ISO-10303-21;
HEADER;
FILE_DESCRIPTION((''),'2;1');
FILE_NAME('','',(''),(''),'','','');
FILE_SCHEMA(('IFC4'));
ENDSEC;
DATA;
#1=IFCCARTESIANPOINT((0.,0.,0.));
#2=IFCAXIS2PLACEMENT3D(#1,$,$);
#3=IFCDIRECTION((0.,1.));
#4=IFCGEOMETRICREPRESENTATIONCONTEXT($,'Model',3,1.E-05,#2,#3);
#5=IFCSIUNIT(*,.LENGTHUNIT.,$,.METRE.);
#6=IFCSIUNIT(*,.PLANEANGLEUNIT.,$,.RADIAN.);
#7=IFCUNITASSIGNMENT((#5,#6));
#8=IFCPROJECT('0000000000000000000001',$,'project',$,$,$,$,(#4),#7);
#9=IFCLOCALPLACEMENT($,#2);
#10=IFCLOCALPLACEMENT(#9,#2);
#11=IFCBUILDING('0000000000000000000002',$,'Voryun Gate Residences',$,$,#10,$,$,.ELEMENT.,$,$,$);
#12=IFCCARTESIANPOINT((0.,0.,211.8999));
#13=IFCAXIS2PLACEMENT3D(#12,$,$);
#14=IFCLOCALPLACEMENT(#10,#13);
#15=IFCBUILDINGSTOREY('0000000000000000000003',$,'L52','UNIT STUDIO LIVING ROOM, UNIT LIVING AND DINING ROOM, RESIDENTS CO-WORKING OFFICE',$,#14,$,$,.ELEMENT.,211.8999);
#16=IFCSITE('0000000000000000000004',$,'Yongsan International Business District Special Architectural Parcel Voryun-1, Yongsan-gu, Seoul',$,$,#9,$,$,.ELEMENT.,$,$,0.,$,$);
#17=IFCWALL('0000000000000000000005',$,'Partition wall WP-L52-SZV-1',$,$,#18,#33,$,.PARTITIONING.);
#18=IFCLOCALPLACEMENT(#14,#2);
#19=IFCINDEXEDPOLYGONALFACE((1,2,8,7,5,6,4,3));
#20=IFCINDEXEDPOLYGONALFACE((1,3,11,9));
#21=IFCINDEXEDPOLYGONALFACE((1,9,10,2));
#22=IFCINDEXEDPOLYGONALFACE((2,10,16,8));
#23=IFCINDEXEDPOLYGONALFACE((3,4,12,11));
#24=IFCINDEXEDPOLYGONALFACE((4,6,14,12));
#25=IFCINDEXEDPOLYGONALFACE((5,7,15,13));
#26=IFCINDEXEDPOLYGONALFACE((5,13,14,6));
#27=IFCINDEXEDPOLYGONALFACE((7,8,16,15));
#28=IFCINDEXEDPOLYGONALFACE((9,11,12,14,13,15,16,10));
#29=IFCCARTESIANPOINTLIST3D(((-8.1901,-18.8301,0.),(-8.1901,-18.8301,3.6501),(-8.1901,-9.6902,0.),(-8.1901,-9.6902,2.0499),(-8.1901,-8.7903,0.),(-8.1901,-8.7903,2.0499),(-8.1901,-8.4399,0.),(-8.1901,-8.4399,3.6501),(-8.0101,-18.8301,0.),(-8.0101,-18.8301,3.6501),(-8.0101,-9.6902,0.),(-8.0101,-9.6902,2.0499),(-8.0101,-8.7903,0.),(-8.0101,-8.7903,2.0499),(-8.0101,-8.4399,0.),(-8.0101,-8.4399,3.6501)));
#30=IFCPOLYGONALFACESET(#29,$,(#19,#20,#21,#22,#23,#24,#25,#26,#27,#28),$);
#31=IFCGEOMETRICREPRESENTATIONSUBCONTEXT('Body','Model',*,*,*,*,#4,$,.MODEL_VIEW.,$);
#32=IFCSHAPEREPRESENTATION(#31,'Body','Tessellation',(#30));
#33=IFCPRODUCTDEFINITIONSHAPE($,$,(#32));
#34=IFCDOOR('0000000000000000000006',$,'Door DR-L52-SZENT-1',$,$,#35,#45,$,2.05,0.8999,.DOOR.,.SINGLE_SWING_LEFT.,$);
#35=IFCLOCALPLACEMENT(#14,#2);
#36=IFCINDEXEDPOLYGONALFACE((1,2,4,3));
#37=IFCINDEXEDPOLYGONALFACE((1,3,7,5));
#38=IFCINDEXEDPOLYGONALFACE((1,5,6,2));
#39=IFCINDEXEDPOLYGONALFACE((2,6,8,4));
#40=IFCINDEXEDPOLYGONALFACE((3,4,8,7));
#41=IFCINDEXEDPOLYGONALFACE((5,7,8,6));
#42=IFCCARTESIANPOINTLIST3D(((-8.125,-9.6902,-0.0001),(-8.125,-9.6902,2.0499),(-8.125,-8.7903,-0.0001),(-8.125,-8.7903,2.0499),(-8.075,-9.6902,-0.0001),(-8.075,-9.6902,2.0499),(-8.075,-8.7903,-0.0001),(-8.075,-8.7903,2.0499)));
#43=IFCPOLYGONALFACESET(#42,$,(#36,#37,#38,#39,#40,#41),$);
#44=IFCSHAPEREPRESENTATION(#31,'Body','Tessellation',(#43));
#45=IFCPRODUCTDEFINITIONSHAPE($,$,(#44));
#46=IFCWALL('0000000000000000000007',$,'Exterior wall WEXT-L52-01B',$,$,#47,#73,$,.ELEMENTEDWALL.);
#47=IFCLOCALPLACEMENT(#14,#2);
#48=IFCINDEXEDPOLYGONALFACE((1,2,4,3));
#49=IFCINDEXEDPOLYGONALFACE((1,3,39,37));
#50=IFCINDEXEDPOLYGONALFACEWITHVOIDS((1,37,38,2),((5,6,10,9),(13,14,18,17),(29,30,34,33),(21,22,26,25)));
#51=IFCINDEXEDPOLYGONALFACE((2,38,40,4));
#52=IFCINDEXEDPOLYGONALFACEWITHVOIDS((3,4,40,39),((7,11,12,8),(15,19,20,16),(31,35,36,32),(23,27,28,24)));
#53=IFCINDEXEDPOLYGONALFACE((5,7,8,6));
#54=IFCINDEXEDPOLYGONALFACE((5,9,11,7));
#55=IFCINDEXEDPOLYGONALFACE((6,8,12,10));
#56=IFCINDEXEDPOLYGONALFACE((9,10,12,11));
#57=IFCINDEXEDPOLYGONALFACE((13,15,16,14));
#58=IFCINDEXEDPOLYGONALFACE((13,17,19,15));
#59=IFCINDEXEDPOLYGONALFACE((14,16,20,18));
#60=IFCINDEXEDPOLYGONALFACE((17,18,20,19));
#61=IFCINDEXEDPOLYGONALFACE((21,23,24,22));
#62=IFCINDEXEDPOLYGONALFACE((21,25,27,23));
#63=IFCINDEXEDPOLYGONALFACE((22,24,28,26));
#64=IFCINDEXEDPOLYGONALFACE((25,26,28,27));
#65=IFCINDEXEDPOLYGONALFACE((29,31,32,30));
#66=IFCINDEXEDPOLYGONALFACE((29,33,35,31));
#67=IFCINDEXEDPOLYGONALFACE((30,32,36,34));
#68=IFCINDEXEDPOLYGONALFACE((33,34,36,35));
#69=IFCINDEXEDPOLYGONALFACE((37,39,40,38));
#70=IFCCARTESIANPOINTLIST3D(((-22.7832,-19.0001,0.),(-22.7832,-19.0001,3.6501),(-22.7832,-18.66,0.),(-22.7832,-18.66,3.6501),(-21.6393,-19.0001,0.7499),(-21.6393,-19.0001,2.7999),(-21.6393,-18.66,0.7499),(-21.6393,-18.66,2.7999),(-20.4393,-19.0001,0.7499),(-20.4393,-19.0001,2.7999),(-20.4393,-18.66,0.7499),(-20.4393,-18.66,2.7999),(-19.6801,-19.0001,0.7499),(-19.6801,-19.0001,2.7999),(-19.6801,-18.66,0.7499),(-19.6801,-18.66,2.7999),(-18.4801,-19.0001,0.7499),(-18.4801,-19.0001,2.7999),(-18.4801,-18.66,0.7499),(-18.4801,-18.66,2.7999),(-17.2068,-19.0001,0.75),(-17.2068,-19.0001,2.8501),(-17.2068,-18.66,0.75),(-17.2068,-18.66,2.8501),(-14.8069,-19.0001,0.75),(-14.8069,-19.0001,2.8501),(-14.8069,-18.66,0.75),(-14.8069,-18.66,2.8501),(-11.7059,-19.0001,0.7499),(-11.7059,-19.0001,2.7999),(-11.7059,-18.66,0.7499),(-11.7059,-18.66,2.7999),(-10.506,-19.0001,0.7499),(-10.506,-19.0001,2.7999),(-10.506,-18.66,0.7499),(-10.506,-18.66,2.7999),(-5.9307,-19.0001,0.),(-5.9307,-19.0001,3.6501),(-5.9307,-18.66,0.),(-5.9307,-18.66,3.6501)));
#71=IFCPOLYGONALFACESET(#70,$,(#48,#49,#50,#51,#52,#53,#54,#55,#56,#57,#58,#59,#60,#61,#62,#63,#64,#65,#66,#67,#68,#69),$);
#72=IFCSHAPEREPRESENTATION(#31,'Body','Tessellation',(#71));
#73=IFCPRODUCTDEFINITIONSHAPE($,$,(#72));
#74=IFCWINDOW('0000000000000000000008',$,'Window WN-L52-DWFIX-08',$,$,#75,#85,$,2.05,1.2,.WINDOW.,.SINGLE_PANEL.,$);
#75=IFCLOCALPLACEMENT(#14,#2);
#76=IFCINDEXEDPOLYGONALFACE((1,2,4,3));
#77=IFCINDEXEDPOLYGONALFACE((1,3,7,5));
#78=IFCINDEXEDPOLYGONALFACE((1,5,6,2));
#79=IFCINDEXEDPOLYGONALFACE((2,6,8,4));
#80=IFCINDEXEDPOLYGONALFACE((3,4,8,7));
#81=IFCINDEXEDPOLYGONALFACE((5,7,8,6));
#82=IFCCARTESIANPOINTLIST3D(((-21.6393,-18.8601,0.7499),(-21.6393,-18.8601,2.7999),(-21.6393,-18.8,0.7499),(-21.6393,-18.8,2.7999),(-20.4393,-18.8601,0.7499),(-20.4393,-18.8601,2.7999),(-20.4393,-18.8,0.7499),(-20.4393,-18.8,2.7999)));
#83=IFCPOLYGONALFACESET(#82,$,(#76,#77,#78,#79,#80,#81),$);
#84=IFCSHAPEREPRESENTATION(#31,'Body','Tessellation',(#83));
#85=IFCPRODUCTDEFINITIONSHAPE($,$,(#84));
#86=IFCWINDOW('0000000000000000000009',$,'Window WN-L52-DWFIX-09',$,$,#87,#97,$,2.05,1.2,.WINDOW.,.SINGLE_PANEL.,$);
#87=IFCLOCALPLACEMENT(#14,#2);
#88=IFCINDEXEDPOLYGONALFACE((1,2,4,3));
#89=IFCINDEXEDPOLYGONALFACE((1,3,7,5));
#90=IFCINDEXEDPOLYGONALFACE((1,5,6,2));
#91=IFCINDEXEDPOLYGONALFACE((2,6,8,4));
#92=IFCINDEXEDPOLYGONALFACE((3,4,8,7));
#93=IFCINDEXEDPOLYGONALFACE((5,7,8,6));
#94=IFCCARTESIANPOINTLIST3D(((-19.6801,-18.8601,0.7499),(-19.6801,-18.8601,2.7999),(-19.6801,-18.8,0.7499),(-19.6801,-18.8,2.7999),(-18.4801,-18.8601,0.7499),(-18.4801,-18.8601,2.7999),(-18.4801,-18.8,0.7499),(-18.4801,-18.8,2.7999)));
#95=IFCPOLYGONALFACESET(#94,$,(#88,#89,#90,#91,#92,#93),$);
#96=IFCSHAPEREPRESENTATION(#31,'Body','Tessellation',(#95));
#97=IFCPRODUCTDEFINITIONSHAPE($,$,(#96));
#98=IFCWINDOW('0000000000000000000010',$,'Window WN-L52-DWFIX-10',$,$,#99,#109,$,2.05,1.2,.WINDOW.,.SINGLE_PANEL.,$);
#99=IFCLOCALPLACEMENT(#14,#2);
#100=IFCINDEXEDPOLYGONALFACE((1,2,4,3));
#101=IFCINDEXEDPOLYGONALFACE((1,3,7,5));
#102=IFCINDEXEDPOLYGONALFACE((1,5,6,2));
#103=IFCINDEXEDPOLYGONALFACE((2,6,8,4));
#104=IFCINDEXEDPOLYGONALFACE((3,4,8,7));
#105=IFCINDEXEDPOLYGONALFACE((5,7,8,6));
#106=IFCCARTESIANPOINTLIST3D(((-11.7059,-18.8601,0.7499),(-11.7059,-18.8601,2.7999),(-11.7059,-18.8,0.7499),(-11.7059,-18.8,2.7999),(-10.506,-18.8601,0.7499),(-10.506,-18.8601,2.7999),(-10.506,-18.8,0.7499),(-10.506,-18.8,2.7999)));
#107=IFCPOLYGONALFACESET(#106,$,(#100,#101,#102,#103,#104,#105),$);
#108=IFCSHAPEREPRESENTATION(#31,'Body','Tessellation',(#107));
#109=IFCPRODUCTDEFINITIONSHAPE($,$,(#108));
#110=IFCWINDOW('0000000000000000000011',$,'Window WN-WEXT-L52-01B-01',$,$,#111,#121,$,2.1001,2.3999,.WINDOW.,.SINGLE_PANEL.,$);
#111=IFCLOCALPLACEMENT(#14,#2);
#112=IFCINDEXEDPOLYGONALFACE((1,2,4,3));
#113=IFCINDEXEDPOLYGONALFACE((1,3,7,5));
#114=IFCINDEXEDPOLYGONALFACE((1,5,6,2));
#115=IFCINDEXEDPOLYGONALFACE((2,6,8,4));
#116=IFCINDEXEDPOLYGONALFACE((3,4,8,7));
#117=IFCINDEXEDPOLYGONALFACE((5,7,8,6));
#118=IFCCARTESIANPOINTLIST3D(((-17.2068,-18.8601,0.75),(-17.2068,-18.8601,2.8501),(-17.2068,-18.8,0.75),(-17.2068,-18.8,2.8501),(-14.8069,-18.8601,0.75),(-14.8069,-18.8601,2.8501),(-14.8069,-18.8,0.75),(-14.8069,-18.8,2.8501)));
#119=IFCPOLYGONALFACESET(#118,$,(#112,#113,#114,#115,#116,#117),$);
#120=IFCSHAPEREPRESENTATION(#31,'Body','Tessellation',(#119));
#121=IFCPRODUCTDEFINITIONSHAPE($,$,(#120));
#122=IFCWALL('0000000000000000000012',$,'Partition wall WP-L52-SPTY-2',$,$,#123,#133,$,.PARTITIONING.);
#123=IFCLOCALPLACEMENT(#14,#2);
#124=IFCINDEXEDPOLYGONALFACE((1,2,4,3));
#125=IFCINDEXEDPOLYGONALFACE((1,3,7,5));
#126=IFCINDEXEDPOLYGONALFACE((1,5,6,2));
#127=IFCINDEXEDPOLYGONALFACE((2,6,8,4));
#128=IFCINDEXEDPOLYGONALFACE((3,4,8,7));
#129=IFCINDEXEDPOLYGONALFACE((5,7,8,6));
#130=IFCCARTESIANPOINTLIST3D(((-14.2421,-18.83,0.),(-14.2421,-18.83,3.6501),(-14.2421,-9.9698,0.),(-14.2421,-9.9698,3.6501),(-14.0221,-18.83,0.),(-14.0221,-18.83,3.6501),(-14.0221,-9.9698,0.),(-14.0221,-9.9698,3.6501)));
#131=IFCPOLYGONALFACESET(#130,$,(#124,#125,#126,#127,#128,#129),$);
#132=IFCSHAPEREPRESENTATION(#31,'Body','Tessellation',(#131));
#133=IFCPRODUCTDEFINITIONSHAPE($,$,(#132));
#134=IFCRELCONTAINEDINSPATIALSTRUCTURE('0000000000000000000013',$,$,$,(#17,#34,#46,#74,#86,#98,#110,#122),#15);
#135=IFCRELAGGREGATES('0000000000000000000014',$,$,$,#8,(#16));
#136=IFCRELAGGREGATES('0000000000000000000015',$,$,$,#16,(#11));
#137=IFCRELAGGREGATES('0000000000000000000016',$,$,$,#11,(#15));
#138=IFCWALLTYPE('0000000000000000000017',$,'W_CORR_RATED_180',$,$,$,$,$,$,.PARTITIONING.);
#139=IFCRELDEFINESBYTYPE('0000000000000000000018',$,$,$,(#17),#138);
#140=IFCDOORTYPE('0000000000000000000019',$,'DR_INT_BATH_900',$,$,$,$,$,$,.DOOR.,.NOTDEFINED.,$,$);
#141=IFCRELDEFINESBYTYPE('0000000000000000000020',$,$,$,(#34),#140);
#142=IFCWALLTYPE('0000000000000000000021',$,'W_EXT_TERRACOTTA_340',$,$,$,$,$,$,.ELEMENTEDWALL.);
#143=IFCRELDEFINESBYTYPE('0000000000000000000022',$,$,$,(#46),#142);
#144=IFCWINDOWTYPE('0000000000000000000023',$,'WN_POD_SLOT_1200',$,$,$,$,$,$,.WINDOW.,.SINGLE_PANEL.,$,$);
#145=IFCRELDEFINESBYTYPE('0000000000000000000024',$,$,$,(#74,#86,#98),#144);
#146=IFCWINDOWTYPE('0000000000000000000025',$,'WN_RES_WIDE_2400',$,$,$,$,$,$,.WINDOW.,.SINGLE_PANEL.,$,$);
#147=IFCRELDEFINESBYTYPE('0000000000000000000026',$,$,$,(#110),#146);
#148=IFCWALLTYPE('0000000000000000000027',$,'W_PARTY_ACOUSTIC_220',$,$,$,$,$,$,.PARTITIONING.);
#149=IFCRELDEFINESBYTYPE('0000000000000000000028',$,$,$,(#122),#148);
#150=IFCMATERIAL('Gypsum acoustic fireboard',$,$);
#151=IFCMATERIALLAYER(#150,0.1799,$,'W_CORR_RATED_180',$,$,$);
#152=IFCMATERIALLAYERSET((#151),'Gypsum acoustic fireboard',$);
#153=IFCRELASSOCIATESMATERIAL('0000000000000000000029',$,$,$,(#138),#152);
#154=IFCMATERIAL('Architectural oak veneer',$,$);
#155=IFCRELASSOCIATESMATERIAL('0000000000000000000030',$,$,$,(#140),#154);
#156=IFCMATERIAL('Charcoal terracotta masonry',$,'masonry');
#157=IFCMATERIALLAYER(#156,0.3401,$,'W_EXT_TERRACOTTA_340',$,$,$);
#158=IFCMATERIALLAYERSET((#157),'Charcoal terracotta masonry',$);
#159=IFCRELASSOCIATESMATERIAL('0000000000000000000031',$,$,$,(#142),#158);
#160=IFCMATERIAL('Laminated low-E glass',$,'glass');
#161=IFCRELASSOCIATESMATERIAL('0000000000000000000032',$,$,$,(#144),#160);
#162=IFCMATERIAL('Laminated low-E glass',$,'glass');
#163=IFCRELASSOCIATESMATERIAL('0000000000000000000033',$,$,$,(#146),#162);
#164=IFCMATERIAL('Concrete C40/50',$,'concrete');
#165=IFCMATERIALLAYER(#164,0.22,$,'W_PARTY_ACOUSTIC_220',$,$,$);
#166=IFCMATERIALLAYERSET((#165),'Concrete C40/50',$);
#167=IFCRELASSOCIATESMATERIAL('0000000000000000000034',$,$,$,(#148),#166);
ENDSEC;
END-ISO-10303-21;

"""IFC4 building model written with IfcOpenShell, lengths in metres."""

from ifc_helpers import new_model, si_unit, direction, frame, frame_2d, origin, place, context, subcontext, project, spatial, rectangle, extrude, material, layer, layer_set, type_object, element, fill, save


model = new_model("IFC4")

# Units and contexts
model_context = context("Model", 3, precision=1e-05, world=origin(), true_north=direction((0.0, 1.0)))
body_context = subcontext(model_context, "Body", "Model", "MODEL_VIEW")
ifc_project = project(units=[si_unit("LENGTHUNIT", "METRE"), si_unit("PLANEANGLEUNIT", "RADIAN")], contexts=[model_context])

# Site, building, storey
site_placement = place(None, origin())
site = spatial("IfcSite", under=ifc_project, at=site_placement, Name="Yongsan International Business District Special Architectural Parcel Voryun-1, Yongsan-gu, Seoul", CompositionType="ELEMENT", RefElevation=0.0)
building_placement = place(site_placement, origin())
building = spatial("IfcBuilding", under=site, at=building_placement, Name="Voryun Gate Residences", CompositionType="ELEMENT")
storey_placement = place(building_placement, frame((0.0, 0.0, 211.8999)))
storey = spatial("IfcBuildingStorey", under=building, at=storey_placement, Name="L52", Description="UNIT STUDIO LIVING ROOM, UNIT LIVING AND DINING ROOM, RESIDENTS CO-WORKING OFFICE", CompositionType="ELEMENT", Elevation=211.8999)

# Shared definitions
ifc_material_1 = material(Name="Gypsum acoustic fireboard")
ifc_layer_1 = layer(ifc_material_1, 0.1799, Name="W_CORR_RATED_180")
ifc_layer_set_1 = layer_set([ifc_layer_1], Name="Gypsum acoustic fireboard")
wall_type_1 = type_object("IfcWallType", Name="W_CORR_RATED_180", PredefinedType="PARTITIONING", material=ifc_layer_set_1)

# Wall, opening, door
wall_1_placement = place(storey_placement, frame((-8.1001, -18.8301, 0.0), z_axis=(0.0, 0.0, 1.0), x_axis=(0.0, 1.0, 0.0)))
wall_1 = element("IfcWall", 1, at=wall_1_placement, inside=storey, type_object=wall_type_1, Name="Partition wall WP-L52-SZV-1", PredefinedType="PARTITIONING", context=body_context, shape_type="SweptSolid", body=[
    extrude(rectangle(XDim=10.3901, YDim=0.1799, at=frame_2d((5.1951, 0.0))), origin(), (0.0, 0.0, 1.0), 3.6501),
])
opening_1_placement = place(wall_1_placement, frame((9.1399, 0.0, 0.0)))
opening_1 = element("IfcOpeningElement", 2, at=opening_1_placement, cuts=wall_1, PredefinedType="OPENING", context=body_context, shape_type="SweptSolid", body=[
    extrude(rectangle(XDim=0.8999, YDim=2.05, at=frame_2d((0.45, 1.0249))), frame((0.0, 0.0999, 0.0), z_axis=(0.0, -1.0, 0.0), x_axis=(1.0, 0.0, 0.0)), (0.0, 0.0, 1.0), 0.2),
])
ifc_material_2 = material(Name="Architectural oak veneer")
door_type_1 = type_object("IfcDoorType", Name="DR_INT_BATH_900", OperationType="NOTDEFINED", PredefinedType="DOOR", material=ifc_material_2)
door_1_placement = place(opening_1_placement, origin())
door_1 = element("IfcDoor", 3, at=door_1_placement, inside=storey, type_object=door_type_1, Name="Door DR-L52-SZENT-1", OperationType="SINGLE_SWING_LEFT", OverallHeight=2.05, OverallWidth=0.8999, PredefinedType="DOOR", context=body_context, shape_type="SweptSolid", body=[
    extrude(rectangle(XDim=0.8999, YDim=2.05, at=frame_2d((0.45, 1.0249))), frame((0.0, 0.0249, 0.0), z_axis=(0.0, -1.0, 0.0), x_axis=(1.0, 0.0, 0.0)), (0.0, 0.0, 1.0), 0.05),
])
fill(opening_1, door_1)

# Wall, openings, windows
ifc_material_3 = material(Name="Charcoal terracotta masonry", Category="masonry")
ifc_layer_2 = layer(ifc_material_3, 0.3401, Name="W_EXT_TERRACOTTA_340")
ifc_layer_set_2 = layer_set([ifc_layer_2], Name="Charcoal terracotta masonry")
wall_type_2 = type_object("IfcWallType", Name="W_EXT_TERRACOTTA_340", PredefinedType="ELEMENTEDWALL", material=ifc_layer_set_2)
wall_2_placement = place(storey_placement, frame((-5.9307, -18.8301, 0.0), z_axis=(0.0, 0.0, 1.0), x_axis=(-1.0, 0.0, 0.0)))
wall_2 = element("IfcWall", 4, at=wall_2_placement, inside=storey, type_object=wall_type_2, Name="Exterior wall WEXT-L52-01B", PredefinedType="ELEMENTEDWALL", context=body_context, shape_type="SweptSolid", body=[
    extrude(rectangle(XDim=16.8525, YDim=0.3401, at=frame_2d((8.4263, 0.0))), origin(), (0.0, 0.0, 1.0), 3.6501),
])
opening_2_placement = place(wall_2_placement, frame((8.8762, 0.0, 0.75)))
opening_2 = element("IfcOpeningElement", 5, at=opening_2_placement, cuts=wall_2, PredefinedType="OPENING", context=body_context, shape_type="SweptSolid", body=[
    extrude(rectangle(XDim=2.3999, YDim=2.1001, at=frame_2d((1.2, 1.05))), frame((0.0, 0.1799, 0.0), z_axis=(0.0, -1.0, 0.0), x_axis=(1.0, 0.0, 0.0)), (0.0, 0.0, 1.0), 0.3601),
])
opening_3_placement = place(wall_2_placement, frame((14.5085, 0.0, 0.75)))
opening_3 = element("IfcOpeningElement", 6, at=opening_3_placement, cuts=wall_2, PredefinedType="OPENING", context=body_context, shape_type="SweptSolid", body=[
    extrude(rectangle(XDim=1.2, YDim=2.05, at=frame_2d((0.6001, 1.0249))), frame((0.0, 0.1799, 0.0), z_axis=(0.0, -1.0, 0.0), x_axis=(1.0, 0.0, 0.0)), (0.0, 0.0, 1.0), 0.3601),
])
opening_4_placement = place(wall_2_placement, frame((12.5493, 0.0, 0.75)))
opening_4 = element("IfcOpeningElement", 7, at=opening_4_placement, cuts=wall_2, PredefinedType="OPENING", context=body_context, shape_type="SweptSolid", body=[
    extrude(rectangle(XDim=1.2, YDim=2.05, at=frame_2d((0.6001, 1.0249))), frame((0.0, 0.1799, 0.0), z_axis=(0.0, -1.0, 0.0), x_axis=(1.0, 0.0, 0.0)), (0.0, 0.0, 1.0), 0.3601),
])
opening_5_placement = place(wall_2_placement, frame((4.5752, 0.0, 0.75)))
opening_5 = element("IfcOpeningElement", 8, at=opening_5_placement, cuts=wall_2, PredefinedType="OPENING", context=body_context, shape_type="SweptSolid", body=[
    extrude(rectangle(XDim=1.2, YDim=2.05, at=frame_2d((0.6001, 1.0249))), frame((0.0, 0.1799, 0.0), z_axis=(0.0, -1.0, 0.0), x_axis=(1.0, 0.0, 0.0)), (0.0, 0.0, 1.0), 0.3601),
])
ifc_material_4 = material(Name="Laminated low-E glass", Category="glass")
window_type_1 = type_object("IfcWindowType", Name="WN_POD_SLOT_1200", PartitioningType="SINGLE_PANEL", PredefinedType="WINDOW", material=ifc_material_4)
window_1_placement = place(opening_3_placement, origin())
window_1 = element("IfcWindow", 9, at=window_1_placement, inside=storey, type_object=window_type_1, Name="Window WN-L52-DWFIX-08", OverallHeight=2.05, OverallWidth=1.2, PartitioningType="SINGLE_PANEL", PredefinedType="WINDOW", context=body_context, shape_type="SweptSolid", body=[
    extrude(rectangle(XDim=1.2, YDim=2.05, at=frame_2d((0.6001, 1.0249))), frame((0.0, 0.03, 0.0), z_axis=(0.0, -1.0, 0.0), x_axis=(1.0, 0.0, 0.0)), (0.0, 0.0, 1.0), 0.0601),
])
fill(opening_3, window_1)
window_2_placement = place(opening_4_placement, origin())
window_2 = element("IfcWindow", 10, at=window_2_placement, inside=storey, type_object=window_type_1, Name="Window WN-L52-DWFIX-09", OverallHeight=2.05, OverallWidth=1.2, PartitioningType="SINGLE_PANEL", PredefinedType="WINDOW", context=body_context, shape_type="SweptSolid", body=[
    extrude(rectangle(XDim=1.2, YDim=2.05, at=frame_2d((0.6001, 1.0249))), frame((0.0, 0.03, 0.0), z_axis=(0.0, -1.0, 0.0), x_axis=(1.0, 0.0, 0.0)), (0.0, 0.0, 1.0), 0.0601),
])
fill(opening_4, window_2)
window_3_placement = place(opening_5_placement, origin())
window_3 = element("IfcWindow", 11, at=window_3_placement, inside=storey, type_object=window_type_1, Name="Window WN-L52-DWFIX-10", OverallHeight=2.05, OverallWidth=1.2, PartitioningType="SINGLE_PANEL", PredefinedType="WINDOW", context=body_context, shape_type="SweptSolid", body=[
    extrude(rectangle(XDim=1.2, YDim=2.05, at=frame_2d((0.6001, 1.0249))), frame((0.0, 0.03, 0.0), z_axis=(0.0, -1.0, 0.0), x_axis=(1.0, 0.0, 0.0)), (0.0, 0.0, 1.0), 0.0601),
])
fill(opening_5, window_3)
ifc_material_5 = material(Name="Laminated low-E glass", Category="glass")
window_type_2 = type_object("IfcWindowType", Name="WN_RES_WIDE_2400", PartitioningType="SINGLE_PANEL", PredefinedType="WINDOW", material=ifc_material_5)
window_4_placement = place(opening_2_placement, origin())
window_4 = element("IfcWindow", 12, at=window_4_placement, inside=storey, type_object=window_type_2, Name="Window WN-WEXT-L52-01B-01", OverallHeight=2.1001, OverallWidth=2.3999, PartitioningType="SINGLE_PANEL", PredefinedType="WINDOW", context=body_context, shape_type="SweptSolid", body=[
    extrude(rectangle(XDim=2.3999, YDim=2.1001, at=frame_2d((1.2, 1.05))), frame((0.0, 0.03, 0.0), z_axis=(0.0, -1.0, 0.0), x_axis=(1.0, 0.0, 0.0)), (0.0, 0.0, 1.0), 0.0601),
])
fill(opening_2, window_4)

# Wall
ifc_material_6 = material(Name="Concrete C40/50", Category="concrete")
ifc_layer_3 = layer(ifc_material_6, 0.22, Name="W_PARTY_ACOUSTIC_220")
ifc_layer_set_3 = layer_set([ifc_layer_3], Name="Concrete C40/50")
wall_type_3 = type_object("IfcWallType", Name="W_PARTY_ACOUSTIC_220", PredefinedType="PARTITIONING", material=ifc_layer_set_3)
wall_3_placement = place(storey_placement, frame((-14.1321, -18.8301, 0.0), z_axis=(0.0, 0.0, 1.0), x_axis=(0.0, 1.0, 0.0)))
element("IfcWall", 13, at=wall_3_placement, inside=storey, type_object=wall_type_3, Name="Partition wall WP-L52-SPTY-2", PredefinedType="PARTITIONING", context=body_context, shape_type="SweptSolid", body=[
    extrude(rectangle(XDim=8.8601, YDim=0.22, at=frame_2d((4.4302, 0.0))), origin(), (0.0, 0.0, 1.0), 3.6501),
])

save(model, "model.ifc")
